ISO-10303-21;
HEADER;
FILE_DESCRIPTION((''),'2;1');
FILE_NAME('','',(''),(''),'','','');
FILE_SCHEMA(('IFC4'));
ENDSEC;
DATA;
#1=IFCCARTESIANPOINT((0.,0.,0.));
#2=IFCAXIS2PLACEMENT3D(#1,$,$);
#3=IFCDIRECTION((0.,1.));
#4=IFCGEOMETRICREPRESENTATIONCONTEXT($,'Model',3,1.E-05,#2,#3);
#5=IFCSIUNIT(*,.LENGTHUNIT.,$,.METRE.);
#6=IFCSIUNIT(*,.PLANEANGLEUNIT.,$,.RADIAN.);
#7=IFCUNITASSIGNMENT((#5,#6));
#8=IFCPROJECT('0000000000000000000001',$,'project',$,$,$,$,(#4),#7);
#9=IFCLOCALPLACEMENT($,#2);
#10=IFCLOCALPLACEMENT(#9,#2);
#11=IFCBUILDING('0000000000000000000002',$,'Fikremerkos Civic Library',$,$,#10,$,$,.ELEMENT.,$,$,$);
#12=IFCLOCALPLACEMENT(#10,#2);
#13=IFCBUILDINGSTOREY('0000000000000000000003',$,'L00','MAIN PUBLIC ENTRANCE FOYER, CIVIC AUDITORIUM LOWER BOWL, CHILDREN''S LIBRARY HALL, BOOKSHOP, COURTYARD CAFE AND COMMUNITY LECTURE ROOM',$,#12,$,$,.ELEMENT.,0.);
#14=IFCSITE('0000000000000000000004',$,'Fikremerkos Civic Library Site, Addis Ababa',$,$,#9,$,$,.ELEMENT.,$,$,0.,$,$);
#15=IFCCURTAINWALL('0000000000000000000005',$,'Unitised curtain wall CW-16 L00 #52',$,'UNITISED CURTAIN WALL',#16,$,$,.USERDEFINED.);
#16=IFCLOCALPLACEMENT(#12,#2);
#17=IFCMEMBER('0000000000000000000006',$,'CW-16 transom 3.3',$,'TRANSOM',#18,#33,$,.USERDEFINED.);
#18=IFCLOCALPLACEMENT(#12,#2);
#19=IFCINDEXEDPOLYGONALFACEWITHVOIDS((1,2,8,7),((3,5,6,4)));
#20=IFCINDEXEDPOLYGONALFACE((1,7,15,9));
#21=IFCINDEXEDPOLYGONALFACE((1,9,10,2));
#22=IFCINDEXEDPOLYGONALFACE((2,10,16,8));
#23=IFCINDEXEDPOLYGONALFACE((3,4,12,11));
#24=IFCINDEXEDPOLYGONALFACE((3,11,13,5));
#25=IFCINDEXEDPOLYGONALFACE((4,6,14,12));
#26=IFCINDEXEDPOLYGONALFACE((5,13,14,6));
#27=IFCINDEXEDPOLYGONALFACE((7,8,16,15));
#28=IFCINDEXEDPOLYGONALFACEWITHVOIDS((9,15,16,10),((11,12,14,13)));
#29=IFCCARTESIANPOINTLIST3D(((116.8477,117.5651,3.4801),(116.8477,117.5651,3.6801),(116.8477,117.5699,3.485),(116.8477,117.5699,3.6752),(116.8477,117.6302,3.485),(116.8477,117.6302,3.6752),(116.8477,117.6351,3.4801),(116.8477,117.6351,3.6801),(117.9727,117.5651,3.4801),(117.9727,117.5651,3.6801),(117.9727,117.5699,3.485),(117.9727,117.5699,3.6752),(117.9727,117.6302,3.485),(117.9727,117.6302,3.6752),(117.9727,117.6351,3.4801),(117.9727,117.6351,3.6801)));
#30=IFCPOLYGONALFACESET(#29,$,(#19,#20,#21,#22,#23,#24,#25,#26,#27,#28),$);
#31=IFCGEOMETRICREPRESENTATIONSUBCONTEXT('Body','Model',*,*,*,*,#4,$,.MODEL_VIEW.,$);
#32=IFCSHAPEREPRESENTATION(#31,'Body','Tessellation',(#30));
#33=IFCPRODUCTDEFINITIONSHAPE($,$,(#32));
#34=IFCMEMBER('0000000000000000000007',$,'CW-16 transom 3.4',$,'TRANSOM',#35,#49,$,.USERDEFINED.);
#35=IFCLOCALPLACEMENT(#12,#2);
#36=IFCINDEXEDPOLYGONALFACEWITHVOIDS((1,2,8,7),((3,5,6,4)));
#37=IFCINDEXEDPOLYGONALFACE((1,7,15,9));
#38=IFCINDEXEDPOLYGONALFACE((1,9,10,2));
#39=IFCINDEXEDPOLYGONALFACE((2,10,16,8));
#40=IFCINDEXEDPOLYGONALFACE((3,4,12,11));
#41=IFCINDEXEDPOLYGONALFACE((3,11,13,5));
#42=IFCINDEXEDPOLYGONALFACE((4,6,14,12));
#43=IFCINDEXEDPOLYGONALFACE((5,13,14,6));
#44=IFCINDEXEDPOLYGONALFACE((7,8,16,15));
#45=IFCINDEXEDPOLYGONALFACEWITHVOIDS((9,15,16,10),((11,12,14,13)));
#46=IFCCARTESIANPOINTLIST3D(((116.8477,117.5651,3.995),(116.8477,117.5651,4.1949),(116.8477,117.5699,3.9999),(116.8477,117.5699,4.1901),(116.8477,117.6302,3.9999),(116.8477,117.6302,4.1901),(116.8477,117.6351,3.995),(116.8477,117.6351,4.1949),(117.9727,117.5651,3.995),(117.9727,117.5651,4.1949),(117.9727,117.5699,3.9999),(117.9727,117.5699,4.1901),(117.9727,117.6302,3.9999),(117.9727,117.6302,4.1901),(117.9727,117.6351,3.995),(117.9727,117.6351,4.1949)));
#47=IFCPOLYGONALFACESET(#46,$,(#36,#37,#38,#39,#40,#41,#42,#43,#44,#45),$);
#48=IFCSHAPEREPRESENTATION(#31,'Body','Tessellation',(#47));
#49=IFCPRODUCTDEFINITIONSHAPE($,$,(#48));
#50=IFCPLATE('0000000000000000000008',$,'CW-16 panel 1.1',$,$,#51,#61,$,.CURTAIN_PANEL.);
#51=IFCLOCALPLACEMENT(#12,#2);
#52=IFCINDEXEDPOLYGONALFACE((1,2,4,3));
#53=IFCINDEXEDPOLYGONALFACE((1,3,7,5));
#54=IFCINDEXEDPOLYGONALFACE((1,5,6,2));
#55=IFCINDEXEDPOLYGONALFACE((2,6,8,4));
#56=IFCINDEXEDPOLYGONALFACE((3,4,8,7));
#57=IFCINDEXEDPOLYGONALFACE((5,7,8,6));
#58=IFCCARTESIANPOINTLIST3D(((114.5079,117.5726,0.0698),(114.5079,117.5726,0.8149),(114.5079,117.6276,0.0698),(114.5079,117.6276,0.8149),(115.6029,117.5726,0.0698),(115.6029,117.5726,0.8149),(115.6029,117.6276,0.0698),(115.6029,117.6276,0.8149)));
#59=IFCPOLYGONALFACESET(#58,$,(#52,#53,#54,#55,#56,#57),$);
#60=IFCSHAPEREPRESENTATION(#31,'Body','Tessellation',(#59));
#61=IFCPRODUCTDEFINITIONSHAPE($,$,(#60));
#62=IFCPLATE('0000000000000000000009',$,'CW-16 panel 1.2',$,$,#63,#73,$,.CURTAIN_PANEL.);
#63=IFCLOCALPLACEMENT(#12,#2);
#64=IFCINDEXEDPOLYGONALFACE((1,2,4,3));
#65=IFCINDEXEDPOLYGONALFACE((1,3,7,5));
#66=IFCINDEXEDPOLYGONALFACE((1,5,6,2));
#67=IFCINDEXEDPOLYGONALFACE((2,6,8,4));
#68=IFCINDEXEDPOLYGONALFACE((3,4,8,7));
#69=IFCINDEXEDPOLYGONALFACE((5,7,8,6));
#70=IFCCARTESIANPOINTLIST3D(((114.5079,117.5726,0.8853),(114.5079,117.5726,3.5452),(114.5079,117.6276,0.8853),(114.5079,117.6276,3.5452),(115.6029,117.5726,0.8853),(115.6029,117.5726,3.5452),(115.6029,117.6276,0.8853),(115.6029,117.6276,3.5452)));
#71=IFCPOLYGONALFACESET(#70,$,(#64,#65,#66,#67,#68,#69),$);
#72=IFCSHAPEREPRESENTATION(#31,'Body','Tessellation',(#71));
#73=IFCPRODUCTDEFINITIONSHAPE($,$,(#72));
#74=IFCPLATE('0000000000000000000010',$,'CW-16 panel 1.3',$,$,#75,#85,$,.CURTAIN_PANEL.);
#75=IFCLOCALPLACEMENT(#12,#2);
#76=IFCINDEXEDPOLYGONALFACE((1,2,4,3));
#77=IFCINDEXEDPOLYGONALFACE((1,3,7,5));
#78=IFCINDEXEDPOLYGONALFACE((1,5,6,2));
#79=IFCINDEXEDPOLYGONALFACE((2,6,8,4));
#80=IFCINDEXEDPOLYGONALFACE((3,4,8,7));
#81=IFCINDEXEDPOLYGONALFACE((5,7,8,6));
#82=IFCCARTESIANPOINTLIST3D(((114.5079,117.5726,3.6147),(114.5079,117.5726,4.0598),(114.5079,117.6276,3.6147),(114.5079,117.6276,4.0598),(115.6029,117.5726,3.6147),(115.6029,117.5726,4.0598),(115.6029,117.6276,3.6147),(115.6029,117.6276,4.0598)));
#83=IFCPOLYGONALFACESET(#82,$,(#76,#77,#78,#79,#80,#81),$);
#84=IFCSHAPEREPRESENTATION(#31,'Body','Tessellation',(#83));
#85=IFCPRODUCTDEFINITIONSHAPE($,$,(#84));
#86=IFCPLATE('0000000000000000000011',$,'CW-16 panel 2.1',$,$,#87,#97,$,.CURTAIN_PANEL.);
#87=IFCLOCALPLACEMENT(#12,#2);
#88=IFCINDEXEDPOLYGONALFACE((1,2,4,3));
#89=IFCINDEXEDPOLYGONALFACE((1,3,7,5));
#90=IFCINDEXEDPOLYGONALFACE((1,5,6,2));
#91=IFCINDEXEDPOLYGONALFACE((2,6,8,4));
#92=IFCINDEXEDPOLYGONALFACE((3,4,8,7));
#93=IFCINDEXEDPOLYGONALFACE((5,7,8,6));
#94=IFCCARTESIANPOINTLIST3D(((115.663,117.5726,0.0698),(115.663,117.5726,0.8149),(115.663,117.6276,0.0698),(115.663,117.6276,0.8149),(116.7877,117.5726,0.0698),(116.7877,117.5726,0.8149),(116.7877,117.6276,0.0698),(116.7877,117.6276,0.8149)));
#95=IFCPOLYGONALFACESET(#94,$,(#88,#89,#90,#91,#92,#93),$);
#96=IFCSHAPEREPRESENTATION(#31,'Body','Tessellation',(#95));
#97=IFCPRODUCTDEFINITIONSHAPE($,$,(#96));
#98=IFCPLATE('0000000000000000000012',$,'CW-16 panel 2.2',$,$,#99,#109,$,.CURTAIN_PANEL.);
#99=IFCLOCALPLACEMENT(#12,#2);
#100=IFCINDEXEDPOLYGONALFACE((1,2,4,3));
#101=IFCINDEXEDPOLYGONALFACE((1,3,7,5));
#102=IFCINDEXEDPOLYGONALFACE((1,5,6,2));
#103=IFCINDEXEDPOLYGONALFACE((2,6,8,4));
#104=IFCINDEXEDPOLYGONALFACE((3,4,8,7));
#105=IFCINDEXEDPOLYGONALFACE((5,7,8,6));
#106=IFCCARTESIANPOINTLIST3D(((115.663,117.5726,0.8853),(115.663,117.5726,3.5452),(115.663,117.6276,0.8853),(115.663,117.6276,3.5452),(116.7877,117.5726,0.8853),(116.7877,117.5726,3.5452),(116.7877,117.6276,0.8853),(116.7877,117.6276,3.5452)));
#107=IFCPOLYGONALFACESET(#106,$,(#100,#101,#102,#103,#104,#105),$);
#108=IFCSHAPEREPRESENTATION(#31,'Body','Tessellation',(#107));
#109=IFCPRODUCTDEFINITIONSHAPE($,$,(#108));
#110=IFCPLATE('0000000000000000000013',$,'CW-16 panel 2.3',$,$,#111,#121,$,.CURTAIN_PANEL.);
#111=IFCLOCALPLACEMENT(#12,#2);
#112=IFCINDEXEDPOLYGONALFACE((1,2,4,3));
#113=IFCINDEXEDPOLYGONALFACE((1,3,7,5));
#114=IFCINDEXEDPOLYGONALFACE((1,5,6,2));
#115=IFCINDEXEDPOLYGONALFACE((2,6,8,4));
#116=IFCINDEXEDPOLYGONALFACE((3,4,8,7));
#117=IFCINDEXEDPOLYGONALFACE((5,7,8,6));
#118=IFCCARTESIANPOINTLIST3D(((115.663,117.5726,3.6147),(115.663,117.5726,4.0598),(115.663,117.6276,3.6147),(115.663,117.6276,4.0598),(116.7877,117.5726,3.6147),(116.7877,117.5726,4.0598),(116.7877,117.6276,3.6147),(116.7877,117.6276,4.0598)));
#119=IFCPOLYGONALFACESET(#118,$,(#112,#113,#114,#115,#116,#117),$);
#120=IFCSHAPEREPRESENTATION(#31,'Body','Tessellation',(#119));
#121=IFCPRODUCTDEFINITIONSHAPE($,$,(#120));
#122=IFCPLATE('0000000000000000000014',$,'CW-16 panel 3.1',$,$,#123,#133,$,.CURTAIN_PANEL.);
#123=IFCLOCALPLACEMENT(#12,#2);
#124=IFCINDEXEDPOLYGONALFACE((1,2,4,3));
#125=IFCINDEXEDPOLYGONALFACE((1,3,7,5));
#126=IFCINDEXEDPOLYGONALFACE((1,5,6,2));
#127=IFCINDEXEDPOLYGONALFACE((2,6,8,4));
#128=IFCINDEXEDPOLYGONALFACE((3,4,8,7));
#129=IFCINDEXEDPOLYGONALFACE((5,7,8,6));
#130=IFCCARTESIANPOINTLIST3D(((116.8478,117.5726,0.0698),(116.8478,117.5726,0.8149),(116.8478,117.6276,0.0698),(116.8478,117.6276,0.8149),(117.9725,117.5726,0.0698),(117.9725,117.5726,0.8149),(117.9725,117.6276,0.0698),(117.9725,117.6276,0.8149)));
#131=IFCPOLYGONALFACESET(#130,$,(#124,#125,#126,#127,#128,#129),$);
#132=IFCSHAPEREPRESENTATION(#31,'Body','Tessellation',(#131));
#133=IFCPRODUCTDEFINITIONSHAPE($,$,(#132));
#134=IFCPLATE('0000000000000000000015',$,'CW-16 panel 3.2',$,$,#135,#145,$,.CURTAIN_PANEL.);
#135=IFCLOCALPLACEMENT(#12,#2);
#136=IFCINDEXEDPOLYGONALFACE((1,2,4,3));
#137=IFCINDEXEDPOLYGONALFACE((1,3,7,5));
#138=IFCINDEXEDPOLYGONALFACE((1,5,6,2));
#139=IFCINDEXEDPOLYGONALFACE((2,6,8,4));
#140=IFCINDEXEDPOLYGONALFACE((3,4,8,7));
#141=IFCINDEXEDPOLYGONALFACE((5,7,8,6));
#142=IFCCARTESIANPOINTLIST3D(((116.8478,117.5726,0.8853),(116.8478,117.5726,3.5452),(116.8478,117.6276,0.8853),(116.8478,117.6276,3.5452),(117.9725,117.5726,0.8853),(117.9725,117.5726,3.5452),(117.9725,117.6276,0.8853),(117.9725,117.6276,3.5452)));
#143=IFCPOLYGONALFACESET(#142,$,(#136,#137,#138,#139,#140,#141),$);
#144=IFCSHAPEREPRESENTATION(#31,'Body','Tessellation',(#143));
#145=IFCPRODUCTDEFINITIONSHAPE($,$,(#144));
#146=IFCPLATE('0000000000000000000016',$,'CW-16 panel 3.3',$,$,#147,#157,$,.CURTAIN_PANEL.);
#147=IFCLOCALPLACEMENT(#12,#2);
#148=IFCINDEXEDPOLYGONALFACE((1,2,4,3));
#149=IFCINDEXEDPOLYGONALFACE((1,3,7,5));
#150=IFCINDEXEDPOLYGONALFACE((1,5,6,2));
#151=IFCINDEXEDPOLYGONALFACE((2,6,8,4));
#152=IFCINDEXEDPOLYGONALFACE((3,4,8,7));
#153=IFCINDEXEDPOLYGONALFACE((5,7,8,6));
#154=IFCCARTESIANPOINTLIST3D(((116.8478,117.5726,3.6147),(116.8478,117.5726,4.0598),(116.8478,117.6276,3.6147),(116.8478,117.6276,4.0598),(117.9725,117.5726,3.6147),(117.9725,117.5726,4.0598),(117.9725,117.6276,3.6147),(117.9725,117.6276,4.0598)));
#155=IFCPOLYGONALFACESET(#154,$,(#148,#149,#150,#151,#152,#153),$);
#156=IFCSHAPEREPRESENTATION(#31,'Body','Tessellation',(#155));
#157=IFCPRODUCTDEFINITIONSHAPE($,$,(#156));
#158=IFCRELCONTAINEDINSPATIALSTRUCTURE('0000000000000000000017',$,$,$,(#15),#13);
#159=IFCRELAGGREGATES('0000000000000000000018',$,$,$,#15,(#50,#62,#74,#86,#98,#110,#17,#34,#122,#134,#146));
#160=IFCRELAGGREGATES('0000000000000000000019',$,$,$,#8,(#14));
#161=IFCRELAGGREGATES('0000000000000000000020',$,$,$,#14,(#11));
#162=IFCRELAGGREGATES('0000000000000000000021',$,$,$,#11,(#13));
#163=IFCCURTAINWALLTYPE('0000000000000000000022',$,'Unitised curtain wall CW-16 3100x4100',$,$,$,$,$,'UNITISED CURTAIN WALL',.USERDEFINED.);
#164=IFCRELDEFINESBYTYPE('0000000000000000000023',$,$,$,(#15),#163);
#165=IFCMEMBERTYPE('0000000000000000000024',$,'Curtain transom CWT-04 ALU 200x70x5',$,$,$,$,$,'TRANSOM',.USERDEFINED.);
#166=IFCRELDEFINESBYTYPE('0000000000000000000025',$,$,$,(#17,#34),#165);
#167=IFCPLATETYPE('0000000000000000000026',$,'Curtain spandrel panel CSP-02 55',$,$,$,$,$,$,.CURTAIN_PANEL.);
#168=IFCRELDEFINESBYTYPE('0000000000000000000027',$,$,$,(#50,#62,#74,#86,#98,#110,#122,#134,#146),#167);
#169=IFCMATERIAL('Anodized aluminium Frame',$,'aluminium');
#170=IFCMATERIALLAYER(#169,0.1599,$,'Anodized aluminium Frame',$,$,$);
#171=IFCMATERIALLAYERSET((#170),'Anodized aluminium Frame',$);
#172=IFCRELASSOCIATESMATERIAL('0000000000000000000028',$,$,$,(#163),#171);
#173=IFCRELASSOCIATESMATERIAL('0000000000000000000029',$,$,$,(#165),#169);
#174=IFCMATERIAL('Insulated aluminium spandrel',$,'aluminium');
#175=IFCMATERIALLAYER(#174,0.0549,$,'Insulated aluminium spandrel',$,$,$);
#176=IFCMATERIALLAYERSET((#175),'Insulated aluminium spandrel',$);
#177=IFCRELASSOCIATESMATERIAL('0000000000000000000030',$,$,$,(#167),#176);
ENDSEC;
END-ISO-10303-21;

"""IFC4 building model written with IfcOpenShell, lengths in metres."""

from ifc_helpers import new_model, si_unit, direction, frame, origin, origin_2d, place, context, subcontext, project, spatial, rectangle, hollow_rectangle, extrude, material, layer, layer_set, material_profile, profile_set, type_object, element, aggregate, save


model = new_model("IFC4")

# Units and contexts
model_context = context("Model", 3, precision=1e-05, world=origin(), true_north=direction((0.0, 1.0)))
body_context = subcontext(model_context, "Body", "Model", "MODEL_VIEW")
ifc_project = project(units=[si_unit("LENGTHUNIT", "METRE"), si_unit("PLANEANGLEUNIT", "RADIAN")], contexts=[model_context])

# Site, building, storey
site_placement = place(None, origin())
site = spatial("IfcSite", under=ifc_project, at=site_placement, Name="Fikremerkos Civic Library Site, Addis Ababa", CompositionType="ELEMENT", RefElevation=0.0)
building_placement = place(site_placement, origin())
building = spatial("IfcBuilding", under=site, at=building_placement, Name="Fikremerkos Civic Library", CompositionType="ELEMENT")
storey_placement = place(building_placement, origin())
storey = spatial("IfcBuildingStorey", under=building, at=storey_placement, Name="L00", Description="MAIN PUBLIC ENTRANCE FOYER, CIVIC AUDITORIUM LOWER BOWL, CHILDREN'S LIBRARY HALL, BOOKSHOP, COURTYARD CAFE AND COMMUNITY LECTURE ROOM", CompositionType="ELEMENT", Elevation=0.0)

# Curtain wall, members, plates
ifc_material_1 = material(Name="Anodized aluminium Frame", Category="aluminium")
ifc_layer_1 = layer(ifc_material_1, 0.1599, Name="Anodized aluminium Frame")
ifc_layer_set_1 = layer_set([ifc_layer_1], Name="Anodized aluminium Frame")
curtain_wall_type = type_object("IfcCurtainWallType", Name="Unitised curtain wall CW-16 3100x4100", ElementType="UNITISED CURTAIN WALL", PredefinedType="USERDEFINED", material=ifc_layer_set_1)
curtain_wall_placement = place(storey_placement, origin())
curtain_wall = element("IfcCurtainWall", 1, at=curtain_wall_placement, inside=storey, type_object=curtain_wall_type, Name="Unitised curtain wall CW-16 L00 #52", ObjectType="UNITISED CURTAIN WALL", PredefinedType="USERDEFINED")
ifc_material_profile_1 = material_profile(ifc_material_1, hollow_rectangle(XDim=0.0701, YDim=0.2, WallThickness=0.0049, at=origin_2d()), Name="ALU 200x70x5")
ifc_profile_set_1 = profile_set([ifc_material_profile_1], Name="Anodized aluminium Frame")
member_type_1 = type_object("IfcMemberType", Name="Curtain transom CWT-04 ALU 200x70x5", ElementType="TRANSOM", PredefinedType="USERDEFINED", material=ifc_profile_set_1)
member_1_placement = place(storey_placement, frame((116.8477, 117.6001, 3.5801), z_axis=(1.0, 0.0, 0.0), x_axis=(0.0, 1.0, 0.0)))
member_1 = element("IfcMember", 2, at=member_1_placement, type_object=member_type_1, Name="CW-16 transom 3.3", ObjectType="TRANSOM", PredefinedType="USERDEFINED", context=body_context, shape_type="SweptSolid", body=[
    extrude(hollow_rectangle(XDim=0.0701, YDim=0.2, WallThickness=0.0049, at=origin_2d()), origin(), (0.0, 0.0, 1.0), 1.125),
])
member_2_placement = place(storey_placement, frame((116.8477, 117.6001, 4.095), z_axis=(1.0, 0.0, 0.0), x_axis=(0.0, 1.0, 0.0)))
member_2 = element("IfcMember", 3, at=member_2_placement, type_object=member_type_1, Name="CW-16 transom 3.4", ObjectType="TRANSOM", PredefinedType="USERDEFINED", context=body_context, shape_type="SweptSolid", body=[
    extrude(hollow_rectangle(XDim=0.0701, YDim=0.2, WallThickness=0.0049, at=origin_2d()), origin(), (0.0, 0.0, 1.0), 1.125),
])
ifc_material_2 = material(Name="Insulated aluminium spandrel", Category="aluminium")
ifc_layer_2 = layer(ifc_material_2, 0.0549, Name="Insulated aluminium spandrel")
ifc_layer_set_2 = layer_set([ifc_layer_2], Name="Insulated aluminium spandrel")
plate_type = type_object("IfcPlateType", Name="Curtain spandrel panel CSP-02 55", PredefinedType="CURTAIN_PANEL", material=ifc_layer_set_2)
plate_1_placement = place(storey_placement, frame((115.0554, 117.6001, 0.0698), z_axis=(0.0, 0.0, 1.0), x_axis=(1.0, 0.0, 0.0)))
plate_1 = element("IfcPlate", 4, at=plate_1_placement, type_object=plate_type, Name="CW-16 panel 1.1", PredefinedType="CURTAIN_PANEL", context=body_context, shape_type="SweptSolid", body=[
    extrude(rectangle(XDim=1.095, YDim=0.0549, at=origin_2d()), origin(), (0.0, 0.0, 1.0), 0.7451),
])
plate_2_placement = place(storey_placement, frame((115.0554, 117.6001, 0.8853), z_axis=(0.0, 0.0, 1.0), x_axis=(1.0, 0.0, 0.0)))
plate_2 = element("IfcPlate", 5, at=plate_2_placement, type_object=plate_type, Name="CW-16 panel 1.2", PredefinedType="CURTAIN_PANEL", context=body_context, shape_type="SweptSolid", body=[
    extrude(rectangle(XDim=1.095, YDim=0.0549, at=origin_2d()), origin(), (0.0, 0.0, 1.0), 2.6599),
])
plate_3_placement = place(storey_placement, frame((115.0554, 117.6001, 3.6147), z_axis=(0.0, 0.0, 1.0), x_axis=(1.0, 0.0, 0.0)))
plate_3 = element("IfcPlate", 6, at=plate_3_placement, type_object=plate_type, Name="CW-16 panel 1.3", PredefinedType="CURTAIN_PANEL", context=body_context, shape_type="SweptSolid", body=[
    extrude(rectangle(XDim=1.095, YDim=0.0549, at=origin_2d()), origin(), (0.0, 0.0, 1.0), 0.4451),
])
plate_4_placement = place(storey_placement, frame((116.2253, 117.6001, 0.0698), z_axis=(0.0, 0.0, 1.0), x_axis=(1.0, 0.0, 0.0)))
plate_4 = element("IfcPlate", 7, at=plate_4_placement, type_object=plate_type, Name="CW-16 panel 2.1", PredefinedType="CURTAIN_PANEL", context=body_context, shape_type="SweptSolid", body=[
    extrude(rectangle(XDim=1.1248, YDim=0.0549, at=origin_2d()), origin(), (0.0, 0.0, 1.0), 0.7451),
])
plate_5_placement = place(storey_placement, frame((116.2253, 117.6001, 0.8853), z_axis=(0.0, 0.0, 1.0), x_axis=(1.0, 0.0, 0.0)))
plate_5 = element("IfcPlate", 8, at=plate_5_placement, type_object=plate_type, Name="CW-16 panel 2.2", PredefinedType="CURTAIN_PANEL", context=body_context, shape_type="SweptSolid", body=[
    extrude(rectangle(XDim=1.1248, YDim=0.0549, at=origin_2d()), origin(), (0.0, 0.0, 1.0), 2.6599),
])
plate_6_placement = place(storey_placement, frame((116.2253, 117.6001, 3.6147), z_axis=(0.0, 0.0, 1.0), x_axis=(1.0, 0.0, 0.0)))
plate_6 = element("IfcPlate", 9, at=plate_6_placement, type_object=plate_type, Name="CW-16 panel 2.3", PredefinedType="CURTAIN_PANEL", context=body_context, shape_type="SweptSolid", body=[
    extrude(rectangle(XDim=1.1248, YDim=0.0549, at=origin_2d()), origin(), (0.0, 0.0, 1.0), 0.4451),
])
plate_7_placement = place(storey_placement, frame((117.4102, 117.6001, 0.0698), z_axis=(0.0, 0.0, 1.0), x_axis=(1.0, 0.0, 0.0)))
plate_7 = element("IfcPlate", 10, at=plate_7_placement, type_object=plate_type, Name="CW-16 panel 3.1", PredefinedType="CURTAIN_PANEL", context=body_context, shape_type="SweptSolid", body=[
    extrude(rectangle(XDim=1.1248, YDim=0.0549, at=origin_2d()), origin(), (0.0, 0.0, 1.0), 0.7451),
])
plate_8_placement = place(storey_placement, frame((117.4102, 117.6001, 0.8853), z_axis=(0.0, 0.0, 1.0), x_axis=(1.0, 0.0, 0.0)))
plate_8 = element("IfcPlate", 11, at=plate_8_placement, type_object=plate_type, Name="CW-16 panel 3.2", PredefinedType="CURTAIN_PANEL", context=body_context, shape_type="SweptSolid", body=[
    extrude(rectangle(XDim=1.1248, YDim=0.0549, at=origin_2d()), origin(), (0.0, 0.0, 1.0), 2.6599),
])
plate_9_placement = place(storey_placement, frame((117.4102, 117.6001, 3.6147), z_axis=(0.0, 0.0, 1.0), x_axis=(1.0, 0.0, 0.0)))
plate_9 = element("IfcPlate", 12, at=plate_9_placement, type_object=plate_type, Name="CW-16 panel 3.3", PredefinedType="CURTAIN_PANEL", context=body_context, shape_type="SweptSolid", body=[
    extrude(rectangle(XDim=1.1248, YDim=0.0549, at=origin_2d()), origin(), (0.0, 0.0, 1.0), 0.4451),
])
aggregate(curtain_wall, [plate_1, plate_2, plate_3, plate_4, plate_5, plate_6, member_1, member_2, plate_7, plate_8, plate_9])

save(model, "model.ifc")
